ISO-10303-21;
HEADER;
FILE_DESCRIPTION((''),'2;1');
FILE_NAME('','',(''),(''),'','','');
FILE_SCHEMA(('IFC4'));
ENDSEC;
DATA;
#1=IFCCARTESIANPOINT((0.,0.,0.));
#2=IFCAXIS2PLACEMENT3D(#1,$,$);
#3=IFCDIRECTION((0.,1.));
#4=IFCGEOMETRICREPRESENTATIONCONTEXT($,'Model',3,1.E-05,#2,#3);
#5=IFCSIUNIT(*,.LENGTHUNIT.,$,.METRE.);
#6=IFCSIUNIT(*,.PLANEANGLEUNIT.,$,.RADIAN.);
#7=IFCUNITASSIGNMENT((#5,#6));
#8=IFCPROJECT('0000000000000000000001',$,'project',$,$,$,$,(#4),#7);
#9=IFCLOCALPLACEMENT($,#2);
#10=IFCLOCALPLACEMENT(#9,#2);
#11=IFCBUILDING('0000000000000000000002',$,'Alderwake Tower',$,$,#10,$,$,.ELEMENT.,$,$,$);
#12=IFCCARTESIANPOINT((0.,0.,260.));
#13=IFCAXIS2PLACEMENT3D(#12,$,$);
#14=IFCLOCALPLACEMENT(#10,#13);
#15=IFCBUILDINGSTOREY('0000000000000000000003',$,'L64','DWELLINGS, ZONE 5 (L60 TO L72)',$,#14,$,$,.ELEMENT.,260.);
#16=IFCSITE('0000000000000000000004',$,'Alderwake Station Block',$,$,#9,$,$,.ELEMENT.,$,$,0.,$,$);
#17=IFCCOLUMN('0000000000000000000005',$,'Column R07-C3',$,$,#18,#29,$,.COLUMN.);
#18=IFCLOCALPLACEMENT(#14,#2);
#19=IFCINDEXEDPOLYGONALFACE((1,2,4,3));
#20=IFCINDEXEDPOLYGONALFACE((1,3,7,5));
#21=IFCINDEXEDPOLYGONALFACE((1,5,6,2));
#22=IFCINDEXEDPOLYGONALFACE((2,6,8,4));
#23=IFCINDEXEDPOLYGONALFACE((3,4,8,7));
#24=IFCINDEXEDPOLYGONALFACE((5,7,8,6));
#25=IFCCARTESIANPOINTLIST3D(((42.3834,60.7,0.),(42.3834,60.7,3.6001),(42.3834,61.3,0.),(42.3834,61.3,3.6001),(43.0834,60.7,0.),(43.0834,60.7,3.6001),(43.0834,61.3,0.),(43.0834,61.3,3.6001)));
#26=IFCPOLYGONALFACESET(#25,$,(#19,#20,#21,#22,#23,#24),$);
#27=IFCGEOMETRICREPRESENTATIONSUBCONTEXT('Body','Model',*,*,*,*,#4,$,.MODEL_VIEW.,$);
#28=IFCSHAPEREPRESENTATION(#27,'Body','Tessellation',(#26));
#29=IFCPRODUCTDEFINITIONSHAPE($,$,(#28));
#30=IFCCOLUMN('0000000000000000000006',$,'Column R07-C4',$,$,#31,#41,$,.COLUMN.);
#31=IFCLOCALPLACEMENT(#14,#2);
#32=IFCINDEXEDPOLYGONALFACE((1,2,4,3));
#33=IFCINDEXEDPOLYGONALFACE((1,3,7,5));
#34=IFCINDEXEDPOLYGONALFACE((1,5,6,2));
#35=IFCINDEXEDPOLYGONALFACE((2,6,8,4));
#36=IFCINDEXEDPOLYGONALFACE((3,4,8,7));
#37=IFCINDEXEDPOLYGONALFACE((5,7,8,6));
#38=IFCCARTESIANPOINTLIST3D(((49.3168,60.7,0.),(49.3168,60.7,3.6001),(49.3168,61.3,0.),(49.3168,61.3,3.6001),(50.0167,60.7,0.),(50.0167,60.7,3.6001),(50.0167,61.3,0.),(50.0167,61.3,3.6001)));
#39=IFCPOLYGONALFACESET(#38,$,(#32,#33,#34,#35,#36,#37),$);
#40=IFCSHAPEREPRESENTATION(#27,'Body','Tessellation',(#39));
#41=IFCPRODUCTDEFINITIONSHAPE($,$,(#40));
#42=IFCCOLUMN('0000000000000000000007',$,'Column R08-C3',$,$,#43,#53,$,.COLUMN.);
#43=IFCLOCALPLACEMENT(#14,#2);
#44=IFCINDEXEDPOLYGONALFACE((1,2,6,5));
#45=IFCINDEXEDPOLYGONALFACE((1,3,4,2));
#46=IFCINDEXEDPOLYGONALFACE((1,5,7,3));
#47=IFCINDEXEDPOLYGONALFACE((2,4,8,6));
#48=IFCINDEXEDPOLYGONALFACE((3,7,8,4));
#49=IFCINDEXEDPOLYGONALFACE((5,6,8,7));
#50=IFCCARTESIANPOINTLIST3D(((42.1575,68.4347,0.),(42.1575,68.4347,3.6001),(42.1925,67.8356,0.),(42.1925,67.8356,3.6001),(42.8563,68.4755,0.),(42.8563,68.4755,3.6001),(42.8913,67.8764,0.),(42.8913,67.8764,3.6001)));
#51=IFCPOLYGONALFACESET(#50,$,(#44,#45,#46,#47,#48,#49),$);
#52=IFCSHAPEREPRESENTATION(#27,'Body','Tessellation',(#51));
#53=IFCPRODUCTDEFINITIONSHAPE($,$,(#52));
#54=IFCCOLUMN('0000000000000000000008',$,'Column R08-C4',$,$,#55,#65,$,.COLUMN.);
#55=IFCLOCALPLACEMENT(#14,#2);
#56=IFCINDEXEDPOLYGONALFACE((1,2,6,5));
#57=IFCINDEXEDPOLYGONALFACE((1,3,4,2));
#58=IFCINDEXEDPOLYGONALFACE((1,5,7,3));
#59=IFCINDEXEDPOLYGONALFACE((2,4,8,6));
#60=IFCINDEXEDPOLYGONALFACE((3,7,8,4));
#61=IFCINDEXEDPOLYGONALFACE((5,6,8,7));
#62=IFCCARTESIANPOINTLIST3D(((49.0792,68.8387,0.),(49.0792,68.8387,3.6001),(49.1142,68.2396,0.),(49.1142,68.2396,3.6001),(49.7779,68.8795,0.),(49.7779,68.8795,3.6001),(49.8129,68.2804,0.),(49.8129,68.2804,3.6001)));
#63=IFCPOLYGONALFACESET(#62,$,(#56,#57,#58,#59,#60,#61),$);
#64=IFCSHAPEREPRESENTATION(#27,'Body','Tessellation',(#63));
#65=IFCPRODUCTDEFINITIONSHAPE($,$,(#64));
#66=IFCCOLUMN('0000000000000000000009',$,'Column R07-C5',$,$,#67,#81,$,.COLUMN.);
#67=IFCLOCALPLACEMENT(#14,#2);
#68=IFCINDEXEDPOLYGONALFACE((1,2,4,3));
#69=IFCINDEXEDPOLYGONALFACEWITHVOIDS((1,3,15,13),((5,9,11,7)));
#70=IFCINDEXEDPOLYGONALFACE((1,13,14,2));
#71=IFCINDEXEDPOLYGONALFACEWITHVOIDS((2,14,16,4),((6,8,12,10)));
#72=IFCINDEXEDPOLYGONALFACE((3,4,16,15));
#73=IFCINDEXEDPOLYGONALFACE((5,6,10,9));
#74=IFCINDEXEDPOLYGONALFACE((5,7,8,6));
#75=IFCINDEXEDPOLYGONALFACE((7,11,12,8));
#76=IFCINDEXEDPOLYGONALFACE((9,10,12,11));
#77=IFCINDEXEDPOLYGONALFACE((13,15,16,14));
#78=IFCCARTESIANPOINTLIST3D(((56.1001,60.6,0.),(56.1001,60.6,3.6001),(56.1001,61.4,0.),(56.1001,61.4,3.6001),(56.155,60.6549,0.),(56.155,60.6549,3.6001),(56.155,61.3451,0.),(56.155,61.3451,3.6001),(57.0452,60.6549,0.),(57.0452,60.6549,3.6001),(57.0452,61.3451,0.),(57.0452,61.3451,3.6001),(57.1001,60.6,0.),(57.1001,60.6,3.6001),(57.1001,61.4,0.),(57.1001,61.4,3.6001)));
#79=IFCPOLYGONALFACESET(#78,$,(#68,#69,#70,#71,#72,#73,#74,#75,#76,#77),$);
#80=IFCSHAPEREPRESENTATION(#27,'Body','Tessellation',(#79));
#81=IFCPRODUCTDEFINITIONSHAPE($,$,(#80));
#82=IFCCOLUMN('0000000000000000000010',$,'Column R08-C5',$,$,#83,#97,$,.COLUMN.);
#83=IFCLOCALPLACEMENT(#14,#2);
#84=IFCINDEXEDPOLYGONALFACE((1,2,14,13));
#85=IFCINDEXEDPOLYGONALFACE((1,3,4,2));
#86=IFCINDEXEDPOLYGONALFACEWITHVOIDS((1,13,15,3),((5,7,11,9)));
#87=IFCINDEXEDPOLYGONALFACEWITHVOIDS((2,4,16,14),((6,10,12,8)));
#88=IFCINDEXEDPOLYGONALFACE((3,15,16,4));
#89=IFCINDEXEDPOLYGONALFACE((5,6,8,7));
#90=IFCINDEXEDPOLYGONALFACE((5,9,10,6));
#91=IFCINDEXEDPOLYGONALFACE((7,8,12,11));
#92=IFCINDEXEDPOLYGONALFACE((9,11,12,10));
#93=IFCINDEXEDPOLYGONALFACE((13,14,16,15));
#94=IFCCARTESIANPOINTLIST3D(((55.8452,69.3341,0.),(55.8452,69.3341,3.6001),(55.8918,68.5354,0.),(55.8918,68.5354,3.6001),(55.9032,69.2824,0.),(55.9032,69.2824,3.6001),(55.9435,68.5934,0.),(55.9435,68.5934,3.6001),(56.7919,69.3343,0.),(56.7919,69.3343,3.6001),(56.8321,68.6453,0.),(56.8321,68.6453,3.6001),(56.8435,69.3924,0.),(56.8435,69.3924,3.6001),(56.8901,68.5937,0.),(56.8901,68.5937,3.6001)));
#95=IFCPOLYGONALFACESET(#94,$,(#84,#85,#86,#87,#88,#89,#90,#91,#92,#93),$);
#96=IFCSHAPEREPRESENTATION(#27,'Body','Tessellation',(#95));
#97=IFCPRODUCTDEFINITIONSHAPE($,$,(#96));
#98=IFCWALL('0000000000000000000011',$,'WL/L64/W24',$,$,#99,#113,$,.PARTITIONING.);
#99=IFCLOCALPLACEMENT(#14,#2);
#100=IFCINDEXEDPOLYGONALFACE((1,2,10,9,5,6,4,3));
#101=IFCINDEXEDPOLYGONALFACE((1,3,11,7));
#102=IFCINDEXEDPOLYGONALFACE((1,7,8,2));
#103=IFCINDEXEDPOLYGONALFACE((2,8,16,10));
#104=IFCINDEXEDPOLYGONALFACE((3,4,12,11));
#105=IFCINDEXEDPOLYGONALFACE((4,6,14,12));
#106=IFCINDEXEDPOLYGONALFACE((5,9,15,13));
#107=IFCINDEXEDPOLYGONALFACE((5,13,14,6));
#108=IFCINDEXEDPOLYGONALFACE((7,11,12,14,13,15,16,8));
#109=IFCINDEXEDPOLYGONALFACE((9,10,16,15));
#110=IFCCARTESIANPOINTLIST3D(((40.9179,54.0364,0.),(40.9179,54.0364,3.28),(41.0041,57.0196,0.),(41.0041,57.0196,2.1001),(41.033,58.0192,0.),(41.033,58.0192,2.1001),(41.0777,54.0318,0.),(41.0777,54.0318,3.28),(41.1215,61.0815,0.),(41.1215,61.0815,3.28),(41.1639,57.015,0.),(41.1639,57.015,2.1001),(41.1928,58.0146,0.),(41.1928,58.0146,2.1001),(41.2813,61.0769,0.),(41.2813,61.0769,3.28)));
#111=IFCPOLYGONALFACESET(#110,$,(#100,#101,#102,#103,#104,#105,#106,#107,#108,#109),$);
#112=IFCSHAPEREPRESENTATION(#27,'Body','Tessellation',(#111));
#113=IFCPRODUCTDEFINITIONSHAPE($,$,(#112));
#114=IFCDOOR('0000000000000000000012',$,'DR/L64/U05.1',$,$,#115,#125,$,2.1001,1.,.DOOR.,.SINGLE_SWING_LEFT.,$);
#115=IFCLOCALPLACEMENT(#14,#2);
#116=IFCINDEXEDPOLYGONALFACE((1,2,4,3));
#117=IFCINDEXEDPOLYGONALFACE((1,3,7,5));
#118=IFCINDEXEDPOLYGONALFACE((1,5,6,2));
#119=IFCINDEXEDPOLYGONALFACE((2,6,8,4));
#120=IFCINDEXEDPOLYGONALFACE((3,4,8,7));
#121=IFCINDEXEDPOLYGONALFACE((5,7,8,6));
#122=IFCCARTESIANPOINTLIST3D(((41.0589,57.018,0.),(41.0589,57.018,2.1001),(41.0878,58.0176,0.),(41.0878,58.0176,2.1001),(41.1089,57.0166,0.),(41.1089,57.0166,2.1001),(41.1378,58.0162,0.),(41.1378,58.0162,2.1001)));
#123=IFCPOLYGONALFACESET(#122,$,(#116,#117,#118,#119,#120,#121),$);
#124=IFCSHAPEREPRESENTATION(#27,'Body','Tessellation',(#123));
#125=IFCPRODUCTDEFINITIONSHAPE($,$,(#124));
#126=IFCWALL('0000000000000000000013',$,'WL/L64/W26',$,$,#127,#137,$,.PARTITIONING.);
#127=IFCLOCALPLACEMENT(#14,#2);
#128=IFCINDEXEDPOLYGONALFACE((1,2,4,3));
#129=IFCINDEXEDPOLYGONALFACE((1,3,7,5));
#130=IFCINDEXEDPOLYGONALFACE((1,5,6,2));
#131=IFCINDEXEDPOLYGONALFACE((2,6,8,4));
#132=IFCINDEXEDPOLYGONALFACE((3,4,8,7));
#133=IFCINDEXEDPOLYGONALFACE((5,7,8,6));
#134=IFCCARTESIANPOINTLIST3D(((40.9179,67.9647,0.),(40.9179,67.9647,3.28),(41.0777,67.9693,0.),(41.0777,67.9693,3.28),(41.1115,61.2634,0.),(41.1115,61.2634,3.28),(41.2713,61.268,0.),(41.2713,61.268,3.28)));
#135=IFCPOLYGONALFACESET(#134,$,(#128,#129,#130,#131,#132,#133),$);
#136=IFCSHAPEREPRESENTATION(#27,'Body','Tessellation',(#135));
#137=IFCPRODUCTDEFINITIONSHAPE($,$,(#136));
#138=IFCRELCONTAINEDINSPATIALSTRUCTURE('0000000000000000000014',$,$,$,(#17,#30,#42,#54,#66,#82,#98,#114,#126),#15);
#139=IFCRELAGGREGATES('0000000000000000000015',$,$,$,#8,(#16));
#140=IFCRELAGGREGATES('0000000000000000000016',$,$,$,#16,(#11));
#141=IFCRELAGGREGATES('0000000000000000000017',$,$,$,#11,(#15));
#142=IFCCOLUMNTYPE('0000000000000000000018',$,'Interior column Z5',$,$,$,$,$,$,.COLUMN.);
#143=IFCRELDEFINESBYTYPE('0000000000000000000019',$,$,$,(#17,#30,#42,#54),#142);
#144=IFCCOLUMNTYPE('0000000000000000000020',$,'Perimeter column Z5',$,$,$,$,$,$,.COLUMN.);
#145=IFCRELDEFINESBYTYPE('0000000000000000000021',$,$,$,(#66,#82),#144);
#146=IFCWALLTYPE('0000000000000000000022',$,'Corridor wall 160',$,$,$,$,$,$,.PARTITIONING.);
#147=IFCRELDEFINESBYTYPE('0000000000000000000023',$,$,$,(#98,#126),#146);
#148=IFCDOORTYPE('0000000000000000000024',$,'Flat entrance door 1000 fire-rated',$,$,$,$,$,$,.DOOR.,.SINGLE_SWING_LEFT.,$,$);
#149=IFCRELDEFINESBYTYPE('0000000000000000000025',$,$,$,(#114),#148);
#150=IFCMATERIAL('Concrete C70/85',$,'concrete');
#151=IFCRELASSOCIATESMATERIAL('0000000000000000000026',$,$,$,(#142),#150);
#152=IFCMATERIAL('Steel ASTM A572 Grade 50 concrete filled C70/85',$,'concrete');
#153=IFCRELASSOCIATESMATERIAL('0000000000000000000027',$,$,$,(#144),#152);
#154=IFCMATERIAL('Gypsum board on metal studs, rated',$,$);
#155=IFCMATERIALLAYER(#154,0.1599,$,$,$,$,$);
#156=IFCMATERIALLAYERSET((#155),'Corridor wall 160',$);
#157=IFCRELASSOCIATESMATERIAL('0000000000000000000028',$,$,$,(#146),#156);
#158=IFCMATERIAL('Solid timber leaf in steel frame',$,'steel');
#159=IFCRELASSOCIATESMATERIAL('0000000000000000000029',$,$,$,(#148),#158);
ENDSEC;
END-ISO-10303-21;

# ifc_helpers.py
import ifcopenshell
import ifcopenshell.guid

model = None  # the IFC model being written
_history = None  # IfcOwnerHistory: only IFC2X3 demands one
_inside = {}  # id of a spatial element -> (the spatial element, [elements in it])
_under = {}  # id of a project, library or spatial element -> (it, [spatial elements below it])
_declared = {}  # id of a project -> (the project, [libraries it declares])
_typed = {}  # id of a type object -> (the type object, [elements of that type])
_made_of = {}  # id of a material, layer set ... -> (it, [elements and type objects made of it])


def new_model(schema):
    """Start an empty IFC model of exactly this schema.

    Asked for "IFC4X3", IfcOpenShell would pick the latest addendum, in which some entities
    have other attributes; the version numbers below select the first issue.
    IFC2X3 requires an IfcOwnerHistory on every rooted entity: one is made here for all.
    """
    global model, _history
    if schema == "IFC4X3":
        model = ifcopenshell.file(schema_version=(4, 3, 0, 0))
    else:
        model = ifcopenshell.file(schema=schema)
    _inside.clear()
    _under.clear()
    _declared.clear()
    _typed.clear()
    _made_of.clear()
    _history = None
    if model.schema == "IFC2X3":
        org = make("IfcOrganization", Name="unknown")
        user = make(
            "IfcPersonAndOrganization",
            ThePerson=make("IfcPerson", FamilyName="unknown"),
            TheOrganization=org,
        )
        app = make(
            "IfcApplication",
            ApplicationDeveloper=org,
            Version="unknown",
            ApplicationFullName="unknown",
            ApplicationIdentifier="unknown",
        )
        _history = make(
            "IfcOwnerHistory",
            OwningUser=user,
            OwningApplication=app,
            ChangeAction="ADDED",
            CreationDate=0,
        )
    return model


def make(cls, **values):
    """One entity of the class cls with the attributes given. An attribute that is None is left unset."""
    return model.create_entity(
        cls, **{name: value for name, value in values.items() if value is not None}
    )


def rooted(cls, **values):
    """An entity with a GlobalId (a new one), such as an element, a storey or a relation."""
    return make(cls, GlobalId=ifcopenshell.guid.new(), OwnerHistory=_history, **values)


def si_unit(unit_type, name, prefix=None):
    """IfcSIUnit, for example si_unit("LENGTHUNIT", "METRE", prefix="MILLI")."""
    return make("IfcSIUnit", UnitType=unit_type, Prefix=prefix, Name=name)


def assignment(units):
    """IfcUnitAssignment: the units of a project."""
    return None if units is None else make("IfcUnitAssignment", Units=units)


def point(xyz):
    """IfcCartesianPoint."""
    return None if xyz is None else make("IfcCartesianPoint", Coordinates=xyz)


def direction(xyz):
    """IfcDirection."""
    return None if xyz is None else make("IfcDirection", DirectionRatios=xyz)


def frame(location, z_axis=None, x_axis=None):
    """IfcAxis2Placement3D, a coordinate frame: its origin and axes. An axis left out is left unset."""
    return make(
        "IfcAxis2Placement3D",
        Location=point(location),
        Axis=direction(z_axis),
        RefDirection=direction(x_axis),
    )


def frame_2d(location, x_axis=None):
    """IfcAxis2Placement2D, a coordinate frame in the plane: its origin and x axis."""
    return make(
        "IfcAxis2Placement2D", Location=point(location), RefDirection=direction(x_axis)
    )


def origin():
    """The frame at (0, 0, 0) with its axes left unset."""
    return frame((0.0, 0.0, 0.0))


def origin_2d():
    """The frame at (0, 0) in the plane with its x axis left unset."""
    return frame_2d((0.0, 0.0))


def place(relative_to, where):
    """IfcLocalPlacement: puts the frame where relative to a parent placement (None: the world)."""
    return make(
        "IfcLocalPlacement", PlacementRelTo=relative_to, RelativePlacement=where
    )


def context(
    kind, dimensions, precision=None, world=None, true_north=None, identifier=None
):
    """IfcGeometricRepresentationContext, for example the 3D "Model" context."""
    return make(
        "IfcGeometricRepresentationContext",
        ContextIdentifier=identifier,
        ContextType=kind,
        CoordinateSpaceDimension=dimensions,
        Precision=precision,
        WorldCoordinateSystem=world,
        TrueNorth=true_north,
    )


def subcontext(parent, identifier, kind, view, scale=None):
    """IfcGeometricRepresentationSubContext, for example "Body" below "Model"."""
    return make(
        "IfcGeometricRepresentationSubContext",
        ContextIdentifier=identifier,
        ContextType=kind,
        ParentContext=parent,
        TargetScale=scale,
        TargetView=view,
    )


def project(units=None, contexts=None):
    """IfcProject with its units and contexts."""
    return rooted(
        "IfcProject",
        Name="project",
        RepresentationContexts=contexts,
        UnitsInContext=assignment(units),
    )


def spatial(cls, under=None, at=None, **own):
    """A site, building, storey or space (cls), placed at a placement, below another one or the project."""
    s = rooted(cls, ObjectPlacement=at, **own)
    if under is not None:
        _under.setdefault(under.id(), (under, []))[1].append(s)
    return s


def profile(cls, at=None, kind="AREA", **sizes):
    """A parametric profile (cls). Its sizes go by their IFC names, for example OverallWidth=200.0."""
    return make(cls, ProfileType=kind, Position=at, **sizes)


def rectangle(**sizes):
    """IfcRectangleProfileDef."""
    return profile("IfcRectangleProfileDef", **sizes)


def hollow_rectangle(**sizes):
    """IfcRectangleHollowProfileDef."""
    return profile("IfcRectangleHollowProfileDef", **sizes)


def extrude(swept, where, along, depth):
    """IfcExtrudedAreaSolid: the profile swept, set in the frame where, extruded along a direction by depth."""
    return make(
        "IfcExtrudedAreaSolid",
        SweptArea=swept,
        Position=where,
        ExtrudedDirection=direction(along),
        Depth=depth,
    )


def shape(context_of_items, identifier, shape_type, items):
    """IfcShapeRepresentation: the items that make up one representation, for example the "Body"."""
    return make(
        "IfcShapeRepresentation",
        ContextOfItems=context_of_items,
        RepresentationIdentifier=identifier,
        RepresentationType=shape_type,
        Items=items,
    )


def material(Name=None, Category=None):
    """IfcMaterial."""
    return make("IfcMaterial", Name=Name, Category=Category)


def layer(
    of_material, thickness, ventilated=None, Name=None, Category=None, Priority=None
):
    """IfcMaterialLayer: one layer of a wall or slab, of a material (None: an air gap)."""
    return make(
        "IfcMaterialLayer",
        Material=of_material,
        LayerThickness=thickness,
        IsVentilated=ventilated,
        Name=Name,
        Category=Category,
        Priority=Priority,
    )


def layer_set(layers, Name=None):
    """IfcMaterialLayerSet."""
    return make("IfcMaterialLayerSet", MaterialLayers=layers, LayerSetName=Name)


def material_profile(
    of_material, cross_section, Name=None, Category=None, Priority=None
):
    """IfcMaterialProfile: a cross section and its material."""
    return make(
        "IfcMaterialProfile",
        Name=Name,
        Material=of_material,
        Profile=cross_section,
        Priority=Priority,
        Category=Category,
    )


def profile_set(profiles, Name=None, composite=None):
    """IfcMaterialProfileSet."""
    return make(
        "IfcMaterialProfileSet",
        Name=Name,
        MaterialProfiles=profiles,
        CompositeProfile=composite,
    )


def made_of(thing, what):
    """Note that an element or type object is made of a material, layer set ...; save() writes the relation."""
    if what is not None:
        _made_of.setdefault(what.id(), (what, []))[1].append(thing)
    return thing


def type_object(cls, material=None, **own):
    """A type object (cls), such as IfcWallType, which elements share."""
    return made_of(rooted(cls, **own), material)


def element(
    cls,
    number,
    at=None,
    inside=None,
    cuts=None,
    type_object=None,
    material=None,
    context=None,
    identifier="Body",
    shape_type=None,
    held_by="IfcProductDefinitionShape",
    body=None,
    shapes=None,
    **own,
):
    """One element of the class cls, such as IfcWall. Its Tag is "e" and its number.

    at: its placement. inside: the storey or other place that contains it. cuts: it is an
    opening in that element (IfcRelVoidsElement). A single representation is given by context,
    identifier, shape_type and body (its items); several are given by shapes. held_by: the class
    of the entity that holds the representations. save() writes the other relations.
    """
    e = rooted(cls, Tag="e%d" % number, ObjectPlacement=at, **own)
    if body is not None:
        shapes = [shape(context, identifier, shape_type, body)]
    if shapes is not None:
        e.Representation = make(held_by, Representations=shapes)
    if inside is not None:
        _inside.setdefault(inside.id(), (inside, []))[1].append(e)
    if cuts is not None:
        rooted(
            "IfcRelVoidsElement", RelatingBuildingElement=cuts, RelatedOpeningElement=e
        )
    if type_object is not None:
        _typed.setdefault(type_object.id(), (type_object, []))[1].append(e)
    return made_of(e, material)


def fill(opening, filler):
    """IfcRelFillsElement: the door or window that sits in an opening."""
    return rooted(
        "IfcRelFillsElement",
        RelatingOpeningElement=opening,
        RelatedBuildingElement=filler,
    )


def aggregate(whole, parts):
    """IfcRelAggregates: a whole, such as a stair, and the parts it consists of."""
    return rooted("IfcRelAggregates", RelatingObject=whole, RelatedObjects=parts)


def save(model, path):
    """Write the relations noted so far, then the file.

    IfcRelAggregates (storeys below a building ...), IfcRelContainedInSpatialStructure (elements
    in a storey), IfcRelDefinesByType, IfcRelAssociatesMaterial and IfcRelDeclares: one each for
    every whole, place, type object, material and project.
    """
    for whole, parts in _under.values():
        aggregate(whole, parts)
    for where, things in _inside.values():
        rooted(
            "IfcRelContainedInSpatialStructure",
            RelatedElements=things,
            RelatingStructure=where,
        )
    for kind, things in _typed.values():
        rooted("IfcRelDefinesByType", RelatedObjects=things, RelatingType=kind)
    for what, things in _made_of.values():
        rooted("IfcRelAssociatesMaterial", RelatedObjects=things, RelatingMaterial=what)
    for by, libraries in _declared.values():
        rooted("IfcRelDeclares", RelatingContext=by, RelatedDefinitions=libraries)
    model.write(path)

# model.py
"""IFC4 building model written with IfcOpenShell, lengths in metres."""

from ifc_helpers import new_model, si_unit, direction, frame, frame_2d, origin, origin_2d, place, context, subcontext, project, spatial, rectangle, hollow_rectangle, extrude, material, layer, layer_set, material_profile, profile_set, type_object, element, fill, save


model = new_model("IFC4")

# Units and contexts
model_context = context("Model", 3, precision=1e-05, world=origin(), true_north=direction((0.0, 1.0)))
body_context = subcontext(model_context, "Body", "Model", "MODEL_VIEW")
ifc_project = project(units=[si_unit("LENGTHUNIT", "METRE"), si_unit("PLANEANGLEUNIT", "RADIAN")], contexts=[model_context])

# Site, building, storey
site_placement = place(None, origin())
site = spatial("IfcSite", under=ifc_project, at=site_placement, Name="Alderwake Station Block", CompositionType="ELEMENT", RefElevation=0.0)
building_placement = place(site_placement, origin())
building = spatial("IfcBuilding", under=site, at=building_placement, Name="Alderwake Tower", CompositionType="ELEMENT")
storey_placement = place(building_placement, frame((0.0, 0.0, 260.0)))
storey = spatial("IfcBuildingStorey", under=building, at=storey_placement, Name="L64", Description="DWELLINGS, ZONE 5 (L60 TO L72)", CompositionType="ELEMENT", Elevation=260.0)

# Columns
ifc_material_1 = material(Name="Concrete C70/85", Category="concrete")
ifc_material_profile_1 = material_profile(ifc_material_1, rectangle(XDim=0.6001, YDim=0.7, at=origin_2d()), Name="RC 700X600")
ifc_profile_set_1 = profile_set([ifc_material_profile_1], Name="Concrete C70/85")
column_type_1 = type_object("IfcColumnType", Name="Interior column Z5", PredefinedType="COLUMN", material=ifc_profile_set_1)
for number, where, z_axis, x_axis, name in (
    (1, (42.7334, 61.0, 0.0), (0.0, 0.0, 1.0), (0.0, 1.0, 0.0), "Column R07-C3"),
    (2, (49.6667, 61.0, 0.0), (0.0, 0.0, 1.0), (0.0, 1.0, 0.0), "Column R07-C4"),
    (3, (42.5244, 68.1555, 0.0), (0.0, 0.0, 1.0), (-0.058301, 0.998299, 0.0), "Column R08-C3"),
    (4, (49.446, 68.5596, 0.0), (0.0, 0.0, 1.0), (-0.058301, 0.998299, 0.0), "Column R08-C4"),
):
    element("IfcColumn", number, at=place(storey_placement, frame(where, z_axis=z_axis, x_axis=x_axis)), inside=storey, type_object=column_type_1, Name=name, PredefinedType="COLUMN", context=body_context, shape_type="SweptSolid", body=[
        extrude(rectangle(XDim=0.6001, YDim=0.7, at=origin_2d()), origin(), (0.0, 0.0, 1.0), 3.6001),
    ])
ifc_material_2 = material(Name="Steel ASTM A572 Grade 50 concrete filled C70/85", Category="concrete")
ifc_material_profile_2 = material_profile(ifc_material_2, hollow_rectangle(XDim=0.8, YDim=1.0, WallThickness=0.0549, at=origin_2d()), Name="BOX 1000X800X55")
ifc_profile_set_2 = profile_set([ifc_material_profile_2], Name="Steel ASTM A572 Grade 50 concrete filled C70/85")
column_type_2 = type_object("IfcColumnType", Name="Perimeter column Z5", PredefinedType="COLUMN", material=ifc_profile_set_2)
for number, where, z_axis, x_axis, name in (
    (5, (56.6001, 61.0, 0.0), (0.0, 0.0, 1.0), (0.0, 1.0, 0.0), "Column R07-C5"),
    (6, (56.3677, 68.9639, 0.0), (0.0, 0.0, 1.0), (-0.058299, 0.998299, 0.0), "Column R08-C5"),
):
    element("IfcColumn", number, at=place(storey_placement, frame(where, z_axis=z_axis, x_axis=x_axis)), inside=storey, type_object=column_type_2, Name=name, PredefinedType="COLUMN", context=body_context, shape_type="SweptSolid", body=[
        extrude(hollow_rectangle(XDim=0.8, YDim=1.0, WallThickness=0.0549, at=origin_2d()), origin(), (0.0, 0.0, 1.0), 3.6001),
    ])

# Wall, opening, door
ifc_material_3 = material(Name="Gypsum board on metal studs, rated")
ifc_layer_1 = layer(ifc_material_3, 0.1599)
ifc_layer_set_1 = layer_set([ifc_layer_1], Name="Corridor wall 160")
wall_type_1 = type_object("IfcWallType", Name="Corridor wall 160", PredefinedType="PARTITIONING", material=ifc_layer_set_1)
wall_1_placement = place(storey_placement, frame((41.2014, 61.0791, 0.0), z_axis=(0.0, 0.0, 1.0), x_axis=(-0.028889, -0.999583, 0.0)))
wall_1 = element("IfcWall", 7, at=wall_1_placement, inside=storey, type_object=wall_type_1, Name="WL/L64/W24", PredefinedType="PARTITIONING", context=body_context, shape_type="SweptSolid", body=[
    extrude(rectangle(XDim=7.0481, YDim=0.1599, at=frame_2d((3.5239, 0.0))), origin(), (0.0, 0.0, 1.0), 3.28),
])
opening_1_placement = place(wall_1_placement, frame((3.0635, 0.0, 0.0)))
opening_1 = element("IfcOpeningElement", 8, at=opening_1_placement, cuts=wall_1, PredefinedType="OPENING", context=body_context, shape_type="SweptSolid", body=[
    extrude(rectangle(XDim=1.0, YDim=2.1001, at=frame_2d((0.5, 1.05))), frame((0.0, 0.0898, 0.0), z_axis=(0.0, -1.0, 0.0), x_axis=(1.0, 0.0, 0.0)), (0.0, 0.0, 1.0), 0.1799),
])
ifc_material_4 = material(Name="Solid timber leaf in steel frame", Category="steel")
door_type_1 = type_object("IfcDoorType", Name="Flat entrance door 1000 fire-rated", OperationType="SINGLE_SWING_LEFT", PredefinedType="DOOR", material=ifc_material_4)
door_1_placement = place(opening_1_placement, origin())
door_1 = element("IfcDoor", 9, at=door_1_placement, inside=storey, type_object=door_type_1, Name="DR/L64/U05.1", OperationType="SINGLE_SWING_LEFT", OverallHeight=2.1001, OverallWidth=1.0, PredefinedType="DOOR", context=body_context, shape_type="SweptSolid", body=[
    extrude(rectangle(XDim=1.0, YDim=2.1001, at=frame_2d((0.5, 1.05))), frame((0.0, 0.0249, 0.0), z_axis=(0.0, -1.0, 0.0), x_axis=(1.0, 0.0, 0.0)), (0.0, 0.0, 1.0), 0.05),
])
fill(opening_1, door_1)

# Wall
wall_2_placement = place(storey_placement, frame((40.9978, 67.967, 0.0), z_axis=(0.0, 0.0, 1.0), x_axis=(0.028878, -0.999583, 0.0)))
element("IfcWall", 10, at=wall_2_placement, inside=storey, type_object=wall_type_1, Name="WL/L64/W26", PredefinedType="PARTITIONING", context=body_context, shape_type="SweptSolid", body=[
    extrude(rectangle(XDim=6.7041, YDim=0.1599, at=frame_2d((3.3521, 0.0))), origin(), (0.0, 0.0, 1.0), 3.28),
])

save(model, "model.ifc")
